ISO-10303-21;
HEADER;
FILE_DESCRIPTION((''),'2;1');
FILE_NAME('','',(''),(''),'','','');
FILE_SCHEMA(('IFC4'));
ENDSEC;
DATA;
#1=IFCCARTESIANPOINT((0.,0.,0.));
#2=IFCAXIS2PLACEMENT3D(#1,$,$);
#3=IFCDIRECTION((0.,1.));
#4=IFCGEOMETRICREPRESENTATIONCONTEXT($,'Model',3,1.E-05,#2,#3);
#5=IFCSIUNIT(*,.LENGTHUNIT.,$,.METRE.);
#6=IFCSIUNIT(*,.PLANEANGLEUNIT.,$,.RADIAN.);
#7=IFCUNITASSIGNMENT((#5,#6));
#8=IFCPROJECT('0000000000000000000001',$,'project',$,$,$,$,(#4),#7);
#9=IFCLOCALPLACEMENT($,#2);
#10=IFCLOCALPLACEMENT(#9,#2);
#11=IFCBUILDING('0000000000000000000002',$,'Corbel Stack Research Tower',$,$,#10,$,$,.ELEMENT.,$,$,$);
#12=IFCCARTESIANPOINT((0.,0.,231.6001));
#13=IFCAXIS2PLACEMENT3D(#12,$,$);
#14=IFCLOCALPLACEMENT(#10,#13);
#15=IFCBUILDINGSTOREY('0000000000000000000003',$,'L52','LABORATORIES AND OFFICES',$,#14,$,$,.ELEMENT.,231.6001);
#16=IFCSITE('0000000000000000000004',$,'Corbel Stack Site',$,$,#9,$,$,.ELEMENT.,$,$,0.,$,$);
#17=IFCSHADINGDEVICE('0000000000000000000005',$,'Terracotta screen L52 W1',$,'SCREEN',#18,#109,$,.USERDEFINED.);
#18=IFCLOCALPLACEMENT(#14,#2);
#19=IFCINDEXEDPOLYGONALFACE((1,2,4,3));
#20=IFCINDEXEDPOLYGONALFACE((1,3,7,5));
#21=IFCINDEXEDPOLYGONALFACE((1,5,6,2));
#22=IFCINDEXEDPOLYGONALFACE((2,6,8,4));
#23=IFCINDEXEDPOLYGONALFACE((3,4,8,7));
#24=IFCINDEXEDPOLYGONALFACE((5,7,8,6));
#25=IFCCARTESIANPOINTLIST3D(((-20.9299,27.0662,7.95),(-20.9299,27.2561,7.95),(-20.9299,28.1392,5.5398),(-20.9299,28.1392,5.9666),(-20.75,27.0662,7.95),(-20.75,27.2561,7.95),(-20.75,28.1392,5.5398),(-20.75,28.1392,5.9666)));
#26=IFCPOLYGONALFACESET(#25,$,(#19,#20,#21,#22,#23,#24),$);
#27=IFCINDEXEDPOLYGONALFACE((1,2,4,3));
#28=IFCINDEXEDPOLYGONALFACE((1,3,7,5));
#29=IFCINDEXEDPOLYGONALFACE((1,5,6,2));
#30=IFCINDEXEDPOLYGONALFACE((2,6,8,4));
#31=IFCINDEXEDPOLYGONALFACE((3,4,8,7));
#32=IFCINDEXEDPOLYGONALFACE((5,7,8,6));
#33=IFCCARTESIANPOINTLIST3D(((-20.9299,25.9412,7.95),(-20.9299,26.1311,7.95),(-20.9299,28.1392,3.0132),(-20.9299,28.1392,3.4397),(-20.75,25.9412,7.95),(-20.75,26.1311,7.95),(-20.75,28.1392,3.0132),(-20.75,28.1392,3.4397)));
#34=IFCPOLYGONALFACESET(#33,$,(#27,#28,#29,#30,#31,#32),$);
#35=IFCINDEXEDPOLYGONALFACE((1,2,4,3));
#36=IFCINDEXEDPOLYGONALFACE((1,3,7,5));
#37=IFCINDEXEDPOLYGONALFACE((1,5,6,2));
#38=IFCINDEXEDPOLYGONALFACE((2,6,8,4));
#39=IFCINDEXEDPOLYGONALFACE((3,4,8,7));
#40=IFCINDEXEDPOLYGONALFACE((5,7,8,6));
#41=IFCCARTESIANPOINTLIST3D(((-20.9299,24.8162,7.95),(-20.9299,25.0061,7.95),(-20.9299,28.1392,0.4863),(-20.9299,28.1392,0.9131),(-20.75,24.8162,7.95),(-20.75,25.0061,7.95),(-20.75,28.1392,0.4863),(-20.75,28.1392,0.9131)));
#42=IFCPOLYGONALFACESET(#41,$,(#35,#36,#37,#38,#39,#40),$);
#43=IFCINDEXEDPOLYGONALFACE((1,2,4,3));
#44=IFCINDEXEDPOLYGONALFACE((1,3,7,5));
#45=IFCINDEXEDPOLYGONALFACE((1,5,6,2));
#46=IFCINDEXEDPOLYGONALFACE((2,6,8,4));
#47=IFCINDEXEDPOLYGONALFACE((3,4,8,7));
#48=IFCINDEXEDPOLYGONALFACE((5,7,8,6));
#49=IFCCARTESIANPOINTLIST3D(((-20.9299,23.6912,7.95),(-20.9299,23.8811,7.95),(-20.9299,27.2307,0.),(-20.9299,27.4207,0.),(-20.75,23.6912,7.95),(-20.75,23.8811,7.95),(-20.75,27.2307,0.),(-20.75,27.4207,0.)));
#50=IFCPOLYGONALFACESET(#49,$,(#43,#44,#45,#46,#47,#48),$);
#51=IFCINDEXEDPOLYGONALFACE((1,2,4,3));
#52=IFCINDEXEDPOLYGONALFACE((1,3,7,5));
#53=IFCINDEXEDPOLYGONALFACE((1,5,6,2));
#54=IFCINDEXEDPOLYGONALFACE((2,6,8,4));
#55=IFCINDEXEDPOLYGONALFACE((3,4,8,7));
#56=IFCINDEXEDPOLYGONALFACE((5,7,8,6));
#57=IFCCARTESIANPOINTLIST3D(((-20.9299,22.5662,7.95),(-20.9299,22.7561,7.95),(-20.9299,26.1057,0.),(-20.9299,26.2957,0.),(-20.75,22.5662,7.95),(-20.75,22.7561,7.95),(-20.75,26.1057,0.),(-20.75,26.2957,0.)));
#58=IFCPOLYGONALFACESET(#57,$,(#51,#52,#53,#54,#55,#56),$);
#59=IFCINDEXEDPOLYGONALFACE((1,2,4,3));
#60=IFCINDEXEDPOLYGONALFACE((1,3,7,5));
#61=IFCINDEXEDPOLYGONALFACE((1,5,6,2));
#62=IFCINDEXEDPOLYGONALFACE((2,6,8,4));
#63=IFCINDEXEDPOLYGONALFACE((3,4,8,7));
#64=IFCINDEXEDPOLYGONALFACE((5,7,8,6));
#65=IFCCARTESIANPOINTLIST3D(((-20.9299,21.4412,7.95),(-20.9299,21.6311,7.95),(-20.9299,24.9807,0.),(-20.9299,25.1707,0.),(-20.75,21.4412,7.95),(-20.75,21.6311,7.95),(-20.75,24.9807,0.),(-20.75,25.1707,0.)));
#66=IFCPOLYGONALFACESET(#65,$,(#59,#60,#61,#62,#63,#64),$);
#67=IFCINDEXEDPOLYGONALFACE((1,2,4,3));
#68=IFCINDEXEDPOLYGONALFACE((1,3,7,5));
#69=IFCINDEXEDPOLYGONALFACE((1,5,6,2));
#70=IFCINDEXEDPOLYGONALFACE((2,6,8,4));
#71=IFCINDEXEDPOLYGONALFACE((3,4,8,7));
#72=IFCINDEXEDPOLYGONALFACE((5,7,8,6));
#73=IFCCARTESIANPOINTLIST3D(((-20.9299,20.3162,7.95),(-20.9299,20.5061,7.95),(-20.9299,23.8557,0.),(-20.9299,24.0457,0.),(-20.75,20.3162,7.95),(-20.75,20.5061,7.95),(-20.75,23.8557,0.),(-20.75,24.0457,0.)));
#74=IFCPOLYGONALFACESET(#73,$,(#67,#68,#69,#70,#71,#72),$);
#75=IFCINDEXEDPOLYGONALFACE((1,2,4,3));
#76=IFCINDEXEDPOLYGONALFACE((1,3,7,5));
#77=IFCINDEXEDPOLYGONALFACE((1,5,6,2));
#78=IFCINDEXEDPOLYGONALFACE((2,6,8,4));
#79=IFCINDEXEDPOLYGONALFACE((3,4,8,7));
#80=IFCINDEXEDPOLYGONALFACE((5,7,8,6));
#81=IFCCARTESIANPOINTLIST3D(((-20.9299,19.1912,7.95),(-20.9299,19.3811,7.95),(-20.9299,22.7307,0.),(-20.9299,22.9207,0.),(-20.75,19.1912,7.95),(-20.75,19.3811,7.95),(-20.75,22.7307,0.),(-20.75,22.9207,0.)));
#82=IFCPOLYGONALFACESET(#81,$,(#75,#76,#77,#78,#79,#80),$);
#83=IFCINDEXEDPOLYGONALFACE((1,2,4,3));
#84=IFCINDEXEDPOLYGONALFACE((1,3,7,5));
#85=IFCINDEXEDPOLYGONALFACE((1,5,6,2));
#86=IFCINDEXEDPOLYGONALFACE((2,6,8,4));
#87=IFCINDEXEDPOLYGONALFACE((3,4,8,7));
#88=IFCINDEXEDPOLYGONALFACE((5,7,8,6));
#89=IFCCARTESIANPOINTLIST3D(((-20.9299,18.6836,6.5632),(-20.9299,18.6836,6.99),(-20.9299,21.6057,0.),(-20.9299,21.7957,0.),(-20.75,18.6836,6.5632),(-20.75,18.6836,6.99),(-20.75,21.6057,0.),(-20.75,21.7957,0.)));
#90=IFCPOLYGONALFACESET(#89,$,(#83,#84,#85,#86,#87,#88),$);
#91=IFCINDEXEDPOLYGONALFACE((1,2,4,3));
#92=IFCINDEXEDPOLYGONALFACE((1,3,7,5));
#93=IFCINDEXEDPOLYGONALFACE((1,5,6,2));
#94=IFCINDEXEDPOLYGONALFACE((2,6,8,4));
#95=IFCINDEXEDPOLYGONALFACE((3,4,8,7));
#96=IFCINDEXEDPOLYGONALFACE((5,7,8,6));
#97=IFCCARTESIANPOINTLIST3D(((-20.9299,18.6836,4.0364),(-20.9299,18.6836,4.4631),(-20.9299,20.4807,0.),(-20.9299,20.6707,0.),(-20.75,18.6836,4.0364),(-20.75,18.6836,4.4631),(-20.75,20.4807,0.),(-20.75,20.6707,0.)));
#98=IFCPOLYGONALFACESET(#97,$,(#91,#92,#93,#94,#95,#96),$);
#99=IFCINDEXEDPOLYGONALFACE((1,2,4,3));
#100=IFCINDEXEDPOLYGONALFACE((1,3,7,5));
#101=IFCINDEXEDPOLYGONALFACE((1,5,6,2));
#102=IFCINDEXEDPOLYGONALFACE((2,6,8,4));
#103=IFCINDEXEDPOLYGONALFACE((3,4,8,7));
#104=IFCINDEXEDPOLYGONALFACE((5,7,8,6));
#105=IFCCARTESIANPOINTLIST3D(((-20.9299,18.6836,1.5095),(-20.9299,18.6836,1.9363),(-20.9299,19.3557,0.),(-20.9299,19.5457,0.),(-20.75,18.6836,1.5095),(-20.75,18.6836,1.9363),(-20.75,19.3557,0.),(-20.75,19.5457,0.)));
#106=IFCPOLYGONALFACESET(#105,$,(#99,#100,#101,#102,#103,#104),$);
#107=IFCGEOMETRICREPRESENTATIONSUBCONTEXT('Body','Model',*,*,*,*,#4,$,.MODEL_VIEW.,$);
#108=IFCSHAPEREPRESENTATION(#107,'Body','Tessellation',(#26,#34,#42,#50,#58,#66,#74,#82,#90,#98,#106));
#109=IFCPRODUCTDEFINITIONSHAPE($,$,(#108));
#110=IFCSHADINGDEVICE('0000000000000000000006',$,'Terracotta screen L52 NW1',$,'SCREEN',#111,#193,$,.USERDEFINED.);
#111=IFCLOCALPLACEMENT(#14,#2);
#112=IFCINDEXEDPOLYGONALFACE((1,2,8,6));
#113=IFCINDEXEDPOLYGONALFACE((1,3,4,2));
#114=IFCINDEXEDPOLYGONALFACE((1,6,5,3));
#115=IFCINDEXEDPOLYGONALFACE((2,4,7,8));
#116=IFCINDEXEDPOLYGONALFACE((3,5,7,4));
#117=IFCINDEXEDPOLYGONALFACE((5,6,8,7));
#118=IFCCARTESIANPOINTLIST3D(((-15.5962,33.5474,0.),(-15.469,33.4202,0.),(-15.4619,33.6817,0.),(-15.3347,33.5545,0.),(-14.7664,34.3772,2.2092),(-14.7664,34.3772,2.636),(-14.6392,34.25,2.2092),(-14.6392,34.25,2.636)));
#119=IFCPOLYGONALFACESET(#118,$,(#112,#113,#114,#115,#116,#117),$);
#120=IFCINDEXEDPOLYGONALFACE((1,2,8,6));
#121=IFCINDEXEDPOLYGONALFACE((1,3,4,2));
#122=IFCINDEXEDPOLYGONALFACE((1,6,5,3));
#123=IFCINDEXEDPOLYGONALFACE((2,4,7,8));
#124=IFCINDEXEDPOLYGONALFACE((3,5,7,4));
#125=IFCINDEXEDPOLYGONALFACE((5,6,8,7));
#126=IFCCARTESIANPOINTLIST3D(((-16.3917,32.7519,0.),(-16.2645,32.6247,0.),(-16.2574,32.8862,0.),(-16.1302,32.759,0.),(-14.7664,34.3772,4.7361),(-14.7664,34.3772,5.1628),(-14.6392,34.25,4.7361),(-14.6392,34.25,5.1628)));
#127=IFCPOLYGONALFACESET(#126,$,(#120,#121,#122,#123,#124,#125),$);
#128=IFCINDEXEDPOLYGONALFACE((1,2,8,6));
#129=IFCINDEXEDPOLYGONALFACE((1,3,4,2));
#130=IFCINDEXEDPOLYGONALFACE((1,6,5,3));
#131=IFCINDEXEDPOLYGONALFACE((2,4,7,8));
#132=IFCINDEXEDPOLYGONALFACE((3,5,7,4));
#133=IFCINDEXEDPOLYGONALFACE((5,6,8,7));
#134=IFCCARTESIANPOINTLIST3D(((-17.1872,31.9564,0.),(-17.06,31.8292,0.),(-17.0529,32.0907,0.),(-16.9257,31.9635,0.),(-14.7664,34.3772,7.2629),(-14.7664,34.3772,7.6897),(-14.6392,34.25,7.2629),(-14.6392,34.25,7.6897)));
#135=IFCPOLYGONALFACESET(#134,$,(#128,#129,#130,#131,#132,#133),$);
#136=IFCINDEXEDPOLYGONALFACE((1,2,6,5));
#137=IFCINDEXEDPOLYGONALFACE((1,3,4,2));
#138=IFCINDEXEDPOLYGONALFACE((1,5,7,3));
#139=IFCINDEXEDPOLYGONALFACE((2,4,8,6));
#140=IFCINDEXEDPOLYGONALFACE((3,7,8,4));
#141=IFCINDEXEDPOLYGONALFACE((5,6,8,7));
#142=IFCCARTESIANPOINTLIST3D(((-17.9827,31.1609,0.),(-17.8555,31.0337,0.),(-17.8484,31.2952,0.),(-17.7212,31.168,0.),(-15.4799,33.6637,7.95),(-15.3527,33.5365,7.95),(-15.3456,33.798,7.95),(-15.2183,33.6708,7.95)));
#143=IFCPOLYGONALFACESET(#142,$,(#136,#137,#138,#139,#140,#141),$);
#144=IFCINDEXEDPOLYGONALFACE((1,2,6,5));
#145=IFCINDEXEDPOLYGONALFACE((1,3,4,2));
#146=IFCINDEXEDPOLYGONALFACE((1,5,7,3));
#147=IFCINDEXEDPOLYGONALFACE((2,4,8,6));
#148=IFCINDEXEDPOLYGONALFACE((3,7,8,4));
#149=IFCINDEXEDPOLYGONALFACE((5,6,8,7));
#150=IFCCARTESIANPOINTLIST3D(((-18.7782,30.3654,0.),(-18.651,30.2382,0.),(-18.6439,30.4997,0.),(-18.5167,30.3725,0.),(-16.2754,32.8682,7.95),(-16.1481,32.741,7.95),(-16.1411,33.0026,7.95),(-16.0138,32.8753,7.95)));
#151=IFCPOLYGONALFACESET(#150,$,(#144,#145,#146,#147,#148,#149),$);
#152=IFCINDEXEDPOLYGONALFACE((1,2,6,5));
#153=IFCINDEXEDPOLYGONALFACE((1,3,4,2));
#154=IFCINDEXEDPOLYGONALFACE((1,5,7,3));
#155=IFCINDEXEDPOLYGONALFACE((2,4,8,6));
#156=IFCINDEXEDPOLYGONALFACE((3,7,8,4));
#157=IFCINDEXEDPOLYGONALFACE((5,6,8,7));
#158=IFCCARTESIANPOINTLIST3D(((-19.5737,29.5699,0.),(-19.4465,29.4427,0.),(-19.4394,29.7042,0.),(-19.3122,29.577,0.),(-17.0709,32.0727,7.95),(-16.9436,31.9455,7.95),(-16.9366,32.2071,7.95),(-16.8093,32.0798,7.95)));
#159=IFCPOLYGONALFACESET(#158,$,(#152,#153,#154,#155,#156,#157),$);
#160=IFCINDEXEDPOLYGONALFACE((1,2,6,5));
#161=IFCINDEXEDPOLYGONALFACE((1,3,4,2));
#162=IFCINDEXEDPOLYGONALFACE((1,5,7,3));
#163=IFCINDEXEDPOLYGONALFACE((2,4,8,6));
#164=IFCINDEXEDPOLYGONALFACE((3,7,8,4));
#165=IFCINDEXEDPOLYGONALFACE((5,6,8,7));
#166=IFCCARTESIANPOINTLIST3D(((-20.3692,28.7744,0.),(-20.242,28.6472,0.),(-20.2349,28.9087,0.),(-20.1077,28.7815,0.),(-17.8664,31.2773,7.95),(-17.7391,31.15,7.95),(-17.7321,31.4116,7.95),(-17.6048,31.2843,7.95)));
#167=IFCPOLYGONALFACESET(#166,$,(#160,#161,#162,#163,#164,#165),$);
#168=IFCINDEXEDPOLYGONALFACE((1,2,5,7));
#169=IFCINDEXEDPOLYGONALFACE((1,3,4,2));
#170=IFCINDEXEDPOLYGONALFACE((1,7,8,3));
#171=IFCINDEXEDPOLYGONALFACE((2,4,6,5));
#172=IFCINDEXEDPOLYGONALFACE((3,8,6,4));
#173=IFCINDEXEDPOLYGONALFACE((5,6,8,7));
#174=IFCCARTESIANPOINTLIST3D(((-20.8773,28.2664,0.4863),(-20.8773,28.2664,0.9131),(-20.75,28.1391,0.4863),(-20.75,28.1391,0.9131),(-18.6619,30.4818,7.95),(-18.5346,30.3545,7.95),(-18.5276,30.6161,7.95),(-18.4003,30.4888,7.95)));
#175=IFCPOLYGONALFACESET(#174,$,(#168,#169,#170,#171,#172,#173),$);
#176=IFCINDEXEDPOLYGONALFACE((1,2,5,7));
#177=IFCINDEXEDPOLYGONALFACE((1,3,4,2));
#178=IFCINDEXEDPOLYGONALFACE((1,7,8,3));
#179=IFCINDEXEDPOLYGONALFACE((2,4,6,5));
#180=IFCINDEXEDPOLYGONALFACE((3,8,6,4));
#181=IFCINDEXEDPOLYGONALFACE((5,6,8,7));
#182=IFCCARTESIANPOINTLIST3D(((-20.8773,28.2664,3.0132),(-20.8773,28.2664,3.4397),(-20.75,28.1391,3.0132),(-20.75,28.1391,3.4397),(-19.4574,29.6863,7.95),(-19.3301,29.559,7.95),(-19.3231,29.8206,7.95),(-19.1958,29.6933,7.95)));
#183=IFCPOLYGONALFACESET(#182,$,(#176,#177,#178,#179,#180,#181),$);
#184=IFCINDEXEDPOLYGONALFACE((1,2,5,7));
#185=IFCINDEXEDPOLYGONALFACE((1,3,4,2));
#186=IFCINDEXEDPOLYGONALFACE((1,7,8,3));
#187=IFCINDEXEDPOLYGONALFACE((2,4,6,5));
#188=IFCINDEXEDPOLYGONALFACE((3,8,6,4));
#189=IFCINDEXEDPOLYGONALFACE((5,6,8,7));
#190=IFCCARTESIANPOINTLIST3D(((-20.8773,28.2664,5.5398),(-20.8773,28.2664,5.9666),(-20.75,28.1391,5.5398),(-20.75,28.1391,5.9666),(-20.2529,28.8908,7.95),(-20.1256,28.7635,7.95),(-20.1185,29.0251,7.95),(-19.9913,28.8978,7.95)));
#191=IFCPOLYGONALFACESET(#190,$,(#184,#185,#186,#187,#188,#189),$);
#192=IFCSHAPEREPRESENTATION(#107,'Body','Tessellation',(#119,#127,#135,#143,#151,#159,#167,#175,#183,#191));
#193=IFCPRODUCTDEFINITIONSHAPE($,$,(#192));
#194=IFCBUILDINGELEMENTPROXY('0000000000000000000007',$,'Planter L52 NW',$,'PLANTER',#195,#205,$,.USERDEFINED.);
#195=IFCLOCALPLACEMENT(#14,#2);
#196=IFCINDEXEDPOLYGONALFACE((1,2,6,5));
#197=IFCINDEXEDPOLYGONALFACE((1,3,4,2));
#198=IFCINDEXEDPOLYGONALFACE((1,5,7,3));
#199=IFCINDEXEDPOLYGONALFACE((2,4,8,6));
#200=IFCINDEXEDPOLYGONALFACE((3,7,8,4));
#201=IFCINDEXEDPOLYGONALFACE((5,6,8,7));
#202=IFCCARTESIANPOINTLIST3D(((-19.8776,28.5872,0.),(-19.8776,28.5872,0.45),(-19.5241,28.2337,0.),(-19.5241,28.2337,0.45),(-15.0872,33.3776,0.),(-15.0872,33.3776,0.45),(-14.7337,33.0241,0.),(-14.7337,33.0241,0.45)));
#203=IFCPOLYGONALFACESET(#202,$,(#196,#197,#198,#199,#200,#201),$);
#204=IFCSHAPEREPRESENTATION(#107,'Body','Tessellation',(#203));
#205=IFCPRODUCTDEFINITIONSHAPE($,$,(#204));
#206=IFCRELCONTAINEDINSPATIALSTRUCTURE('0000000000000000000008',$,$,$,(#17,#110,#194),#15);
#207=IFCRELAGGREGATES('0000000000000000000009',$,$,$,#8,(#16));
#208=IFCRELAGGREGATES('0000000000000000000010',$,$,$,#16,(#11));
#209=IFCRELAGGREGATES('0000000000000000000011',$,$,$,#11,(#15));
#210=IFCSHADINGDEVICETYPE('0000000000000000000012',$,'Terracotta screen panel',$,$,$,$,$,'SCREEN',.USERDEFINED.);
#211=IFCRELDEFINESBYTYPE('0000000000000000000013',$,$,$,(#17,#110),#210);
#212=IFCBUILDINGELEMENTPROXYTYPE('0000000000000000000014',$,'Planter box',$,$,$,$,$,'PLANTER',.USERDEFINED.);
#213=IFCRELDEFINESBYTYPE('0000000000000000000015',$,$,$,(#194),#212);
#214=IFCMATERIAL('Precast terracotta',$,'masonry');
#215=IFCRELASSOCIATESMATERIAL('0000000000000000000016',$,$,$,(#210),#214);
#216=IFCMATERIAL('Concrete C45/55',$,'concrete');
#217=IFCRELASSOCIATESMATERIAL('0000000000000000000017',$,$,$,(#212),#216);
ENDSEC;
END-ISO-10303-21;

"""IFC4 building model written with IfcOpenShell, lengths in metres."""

from ifc_helpers import new_model, si_unit, direction, frame, origin, origin_2d, place, context, subcontext, project, spatial, polyline, rectangle, outline, extrude, source, transform, mapped, material, type_object, element, save


model = new_model("IFC4")

# Units and contexts
model_context = context("Model", 3, precision=1e-05, world=origin(), true_north=direction((0.0, 1.0)))
body_context = subcontext(model_context, "Body", "Model", "MODEL_VIEW")
ifc_project = project(units=[si_unit("LENGTHUNIT", "METRE"), si_unit("PLANEANGLEUNIT", "RADIAN")], contexts=[model_context])

# Site, building, storey
site_placement = place(None, origin())
site = spatial("IfcSite", under=ifc_project, at=site_placement, Name="Corbel Stack Site", CompositionType="ELEMENT", RefElevation=0.0)
building_placement = place(site_placement, origin())
building = spatial("IfcBuilding", under=site, at=building_placement, Name="Corbel Stack Research Tower", CompositionType="ELEMENT")
storey_placement = place(building_placement, frame((0.0, 0.0, 231.6001)))
storey = spatial("IfcBuildingStorey", under=building, at=storey_placement, Name="L52", Description="LABORATORIES AND OFFICES", CompositionType="ELEMENT", Elevation=231.6001)

# Shading devices
ifc_material_1 = material(Name="Precast terracotta", Category="masonry")
shading_device_type = type_object("IfcShadingDeviceType", Name="Terracotta screen panel", ElementType="SCREEN", PredefinedType="USERDEFINED", material=ifc_material_1)
shared_shape_1 = source(origin(), body_context, "Body", "SweptSolid", [
    extrude(outline(polyline([(1.073, 7.95), (0.8831, 7.95), (0.0, 5.9666), (0.0, 5.5398), (1.073, 7.95)])), frame((0.0, 0.0, 0.0), z_axis=(0.0, -1.0, 0.0), x_axis=(1.0, 0.0, 0.0)), (0.0, 0.0, 1.0), 0.1799),
    extrude(outline(polyline([(2.198, 7.95), (2.0081, 7.95), (0.0, 3.4397), (0.0, 3.0132), (2.198, 7.95)])), frame((0.0, 0.0, 0.0), z_axis=(0.0, -1.0, 0.0), x_axis=(1.0, 0.0, 0.0)), (0.0, 0.0, 1.0), 0.1799),
    extrude(outline(polyline([(3.323, 7.95), (3.1331, 7.95), (0.0, 0.9131), (0.0, 0.4863), (3.323, 7.95)])), frame((0.0, 0.0, 0.0), z_axis=(0.0, -1.0, 0.0), x_axis=(1.0, 0.0, 0.0)), (0.0, 0.0, 1.0), 0.1799),
    extrude(outline(polyline([(0.9084, 0.0), (4.448, 7.95), (4.2581, 7.95), (0.7185, 0.0), (0.9084, 0.0)])), frame((0.0, 0.0, 0.0), z_axis=(0.0, -1.0, 0.0), x_axis=(1.0, 0.0, 0.0)), (0.0, 0.0, 1.0), 0.1799),
    extrude(outline(polyline([(2.0334, 0.0), (5.573, 7.95), (5.3831, 7.95), (1.8435, 0.0), (2.0334, 0.0)])), frame((0.0, 0.0, 0.0), z_axis=(0.0, -1.0, 0.0), x_axis=(1.0, 0.0, 0.0)), (0.0, 0.0, 1.0), 0.1799),
    extrude(outline(polyline([(3.1584, 0.0), (6.698, 7.95), (6.5081, 7.95), (2.9685, 0.0), (3.1584, 0.0)])), frame((0.0, 0.0, 0.0), z_axis=(0.0, -1.0, 0.0), x_axis=(1.0, 0.0, 0.0)), (0.0, 0.0, 1.0), 0.1799),
    extrude(outline(polyline([(4.2834, 0.0), (7.823, 7.95), (7.6331, 7.95), (4.0935, 0.0), (4.2834, 0.0)])), frame((0.0, 0.0, 0.0), z_axis=(0.0, -1.0, 0.0), x_axis=(1.0, 0.0, 0.0)), (0.0, 0.0, 1.0), 0.1799),
    extrude(outline(polyline([(5.4084, 0.0), (8.948, 7.95), (8.7581, 7.95), (5.2185, 0.0), (5.4084, 0.0)])), frame((0.0, 0.0, 0.0), z_axis=(0.0, -1.0, 0.0), x_axis=(1.0, 0.0, 0.0)), (0.0, 0.0, 1.0), 0.1799),
    extrude(outline(polyline([(6.5334, 0.0), (9.4556, 6.5632), (9.4556, 6.99), (6.3435, 0.0), (6.5334, 0.0)])), frame((0.0, 0.0, 0.0), z_axis=(0.0, -1.0, 0.0), x_axis=(1.0, 0.0, 0.0)), (0.0, 0.0, 1.0), 0.1799),
    extrude(outline(polyline([(7.6584, 0.0), (9.4556, 4.0364), (9.4556, 4.4631), (7.4685, 0.0), (7.6584, 0.0)])), frame((0.0, 0.0, 0.0), z_axis=(0.0, -1.0, 0.0), x_axis=(1.0, 0.0, 0.0)), (0.0, 0.0, 1.0), 0.1799),
    extrude(outline(polyline([(8.7834, 0.0), (9.4556, 1.5095), (9.4556, 1.9363), (8.5935, 0.0), (8.7834, 0.0)])), frame((0.0, 0.0, 0.0), z_axis=(0.0, -1.0, 0.0), x_axis=(1.0, 0.0, 0.0)), (0.0, 0.0, 1.0), 0.1799),
])
shading_device_1_placement = place(storey_placement, frame((-20.75, 28.1392, 0.0), z_axis=(0.0, 0.0, 1.0), x_axis=(0.0, -1.0, 0.0)))
element("IfcShadingDevice", 1, at=shading_device_1_placement, inside=storey, type_object=shading_device_type, Name="Terracotta screen L52 W1", ObjectType="SCREEN", PredefinedType="USERDEFINED", context=body_context, shape_type="MappedRepresentation", body=[
    mapped(shared_shape_1, transform((0.0, 0.0, 0.0))),
])
shared_shape_2 = source(origin(), body_context, "Body", "SweptSolid", [
    extrude(outline(polyline([(1.1736, 0.0), (0.0, 2.636), (0.0, 2.2092), (0.9836, 0.0), (1.1736, 0.0)])), frame((0.0, 0.0, 0.0), z_axis=(0.0, -1.0, 0.0), x_axis=(1.0, 0.0, 0.0)), (0.0, 0.0, 1.0), 0.1799),
    extrude(outline(polyline([(2.2986, 0.0), (0.0, 5.1628), (0.0, 4.7361), (2.1086, 0.0), (2.2986, 0.0)])), frame((0.0, 0.0, 0.0), z_axis=(0.0, -1.0, 0.0), x_axis=(1.0, 0.0, 0.0)), (0.0, 0.0, 1.0), 0.1799),
    extrude(outline(polyline([(3.4236, 0.0), (0.0, 7.6897), (0.0, 7.2629), (3.2336, 0.0), (3.4236, 0.0)])), frame((0.0, 0.0, 0.0), z_axis=(0.0, -1.0, 0.0), x_axis=(1.0, 0.0, 0.0)), (0.0, 0.0, 1.0), 0.1799),
    extrude(outline(polyline([(4.5486, 0.0), (1.009, 7.95), (0.8191, 7.95), (4.3586, 0.0), (4.5486, 0.0)])), frame((0.0, 0.0, 0.0), z_axis=(0.0, -1.0, 0.0), x_axis=(1.0, 0.0, 0.0)), (0.0, 0.0, 1.0), 0.1799),
    extrude(outline(polyline([(5.6736, 0.0), (2.134, 7.95), (1.9441, 7.95), (5.4836, 0.0), (5.6736, 0.0)])), frame((0.0, 0.0, 0.0), z_axis=(0.0, -1.0, 0.0), x_axis=(1.0, 0.0, 0.0)), (0.0, 0.0, 1.0), 0.1799),
    extrude(outline(polyline([(6.7986, 0.0), (3.259, 7.95), (3.0691, 7.95), (6.6086, 0.0), (6.7986, 0.0)])), frame((0.0, 0.0, 0.0), z_axis=(0.0, -1.0, 0.0), x_axis=(1.0, 0.0, 0.0)), (0.0, 0.0, 1.0), 0.1799),
    extrude(outline(polyline([(7.9236, 0.0), (4.384, 7.95), (4.1941, 7.95), (7.7336, 0.0), (7.9236, 0.0)])), frame((0.0, 0.0, 0.0), z_axis=(0.0, -1.0, 0.0), x_axis=(1.0, 0.0, 0.0)), (0.0, 0.0, 1.0), 0.1799),
    extrude(outline(polyline([(5.509, 7.95), (5.3191, 7.95), (8.6421, 0.4863), (8.6421, 0.9131), (5.509, 7.95)])), frame((0.0, 0.0, 0.0), z_axis=(0.0, -1.0, 0.0), x_axis=(1.0, 0.0, 0.0)), (0.0, 0.0, 1.0), 0.1799),
    extrude(outline(polyline([(6.634, 7.95), (6.4441, 7.95), (8.6421, 3.0132), (8.6421, 3.4397), (6.634, 7.95)])), frame((0.0, 0.0, 0.0), z_axis=(0.0, -1.0, 0.0), x_axis=(1.0, 0.0, 0.0)), (0.0, 0.0, 1.0), 0.1799),
    extrude(outline(polyline([(7.759, 7.95), (7.5691, 7.95), (8.6421, 5.5398), (8.6421, 5.9666), (7.759, 7.95)])), frame((0.0, 0.0, 0.0), z_axis=(0.0, -1.0, 0.0), x_axis=(1.0, 0.0, 0.0)), (0.0, 0.0, 1.0), 0.1799),
])
shading_device_2_placement = place(storey_placement, frame((-14.6392, 34.25, 0.0), z_axis=(0.0, 0.0, 1.0), x_axis=(-0.707107, -0.707107, 0.0)))
element("IfcShadingDevice", 2, at=shading_device_2_placement, inside=storey, type_object=shading_device_type, Name="Terracotta screen L52 NW1", ObjectType="SCREEN", PredefinedType="USERDEFINED", context=body_context, shape_type="MappedRepresentation", body=[
    mapped(shared_shape_2, transform((0.0, 0.0, 0.0))),
])

# Building element proxy
ifc_material_2 = material(Name="Concrete C45/55", Category="concrete")
building_element_proxy_type = type_object("IfcBuildingElementProxyType", Name="Planter box", ElementType="PLANTER", PredefinedType="USERDEFINED", material=ifc_material_2)
proxy_placement = place(storey_placement, frame((-17.3057, 30.8057, 0.0), z_axis=(0.0, 0.0, 1.0), x_axis=(-0.707107, -0.707107, 0.0)))
element("IfcBuildingElementProxy", 3, at=proxy_placement, inside=storey, type_object=building_element_proxy_type, Name="Planter L52 NW", ObjectType="PLANTER", PredefinedType="USERDEFINED", context=body_context, shape_type="SweptSolid", body=[
    extrude(rectangle(XDim=6.7747, YDim=0.5, at=origin_2d()), origin(), (0.0, 0.0, 1.0), 0.45),
])

save(model, "model.ifc")
